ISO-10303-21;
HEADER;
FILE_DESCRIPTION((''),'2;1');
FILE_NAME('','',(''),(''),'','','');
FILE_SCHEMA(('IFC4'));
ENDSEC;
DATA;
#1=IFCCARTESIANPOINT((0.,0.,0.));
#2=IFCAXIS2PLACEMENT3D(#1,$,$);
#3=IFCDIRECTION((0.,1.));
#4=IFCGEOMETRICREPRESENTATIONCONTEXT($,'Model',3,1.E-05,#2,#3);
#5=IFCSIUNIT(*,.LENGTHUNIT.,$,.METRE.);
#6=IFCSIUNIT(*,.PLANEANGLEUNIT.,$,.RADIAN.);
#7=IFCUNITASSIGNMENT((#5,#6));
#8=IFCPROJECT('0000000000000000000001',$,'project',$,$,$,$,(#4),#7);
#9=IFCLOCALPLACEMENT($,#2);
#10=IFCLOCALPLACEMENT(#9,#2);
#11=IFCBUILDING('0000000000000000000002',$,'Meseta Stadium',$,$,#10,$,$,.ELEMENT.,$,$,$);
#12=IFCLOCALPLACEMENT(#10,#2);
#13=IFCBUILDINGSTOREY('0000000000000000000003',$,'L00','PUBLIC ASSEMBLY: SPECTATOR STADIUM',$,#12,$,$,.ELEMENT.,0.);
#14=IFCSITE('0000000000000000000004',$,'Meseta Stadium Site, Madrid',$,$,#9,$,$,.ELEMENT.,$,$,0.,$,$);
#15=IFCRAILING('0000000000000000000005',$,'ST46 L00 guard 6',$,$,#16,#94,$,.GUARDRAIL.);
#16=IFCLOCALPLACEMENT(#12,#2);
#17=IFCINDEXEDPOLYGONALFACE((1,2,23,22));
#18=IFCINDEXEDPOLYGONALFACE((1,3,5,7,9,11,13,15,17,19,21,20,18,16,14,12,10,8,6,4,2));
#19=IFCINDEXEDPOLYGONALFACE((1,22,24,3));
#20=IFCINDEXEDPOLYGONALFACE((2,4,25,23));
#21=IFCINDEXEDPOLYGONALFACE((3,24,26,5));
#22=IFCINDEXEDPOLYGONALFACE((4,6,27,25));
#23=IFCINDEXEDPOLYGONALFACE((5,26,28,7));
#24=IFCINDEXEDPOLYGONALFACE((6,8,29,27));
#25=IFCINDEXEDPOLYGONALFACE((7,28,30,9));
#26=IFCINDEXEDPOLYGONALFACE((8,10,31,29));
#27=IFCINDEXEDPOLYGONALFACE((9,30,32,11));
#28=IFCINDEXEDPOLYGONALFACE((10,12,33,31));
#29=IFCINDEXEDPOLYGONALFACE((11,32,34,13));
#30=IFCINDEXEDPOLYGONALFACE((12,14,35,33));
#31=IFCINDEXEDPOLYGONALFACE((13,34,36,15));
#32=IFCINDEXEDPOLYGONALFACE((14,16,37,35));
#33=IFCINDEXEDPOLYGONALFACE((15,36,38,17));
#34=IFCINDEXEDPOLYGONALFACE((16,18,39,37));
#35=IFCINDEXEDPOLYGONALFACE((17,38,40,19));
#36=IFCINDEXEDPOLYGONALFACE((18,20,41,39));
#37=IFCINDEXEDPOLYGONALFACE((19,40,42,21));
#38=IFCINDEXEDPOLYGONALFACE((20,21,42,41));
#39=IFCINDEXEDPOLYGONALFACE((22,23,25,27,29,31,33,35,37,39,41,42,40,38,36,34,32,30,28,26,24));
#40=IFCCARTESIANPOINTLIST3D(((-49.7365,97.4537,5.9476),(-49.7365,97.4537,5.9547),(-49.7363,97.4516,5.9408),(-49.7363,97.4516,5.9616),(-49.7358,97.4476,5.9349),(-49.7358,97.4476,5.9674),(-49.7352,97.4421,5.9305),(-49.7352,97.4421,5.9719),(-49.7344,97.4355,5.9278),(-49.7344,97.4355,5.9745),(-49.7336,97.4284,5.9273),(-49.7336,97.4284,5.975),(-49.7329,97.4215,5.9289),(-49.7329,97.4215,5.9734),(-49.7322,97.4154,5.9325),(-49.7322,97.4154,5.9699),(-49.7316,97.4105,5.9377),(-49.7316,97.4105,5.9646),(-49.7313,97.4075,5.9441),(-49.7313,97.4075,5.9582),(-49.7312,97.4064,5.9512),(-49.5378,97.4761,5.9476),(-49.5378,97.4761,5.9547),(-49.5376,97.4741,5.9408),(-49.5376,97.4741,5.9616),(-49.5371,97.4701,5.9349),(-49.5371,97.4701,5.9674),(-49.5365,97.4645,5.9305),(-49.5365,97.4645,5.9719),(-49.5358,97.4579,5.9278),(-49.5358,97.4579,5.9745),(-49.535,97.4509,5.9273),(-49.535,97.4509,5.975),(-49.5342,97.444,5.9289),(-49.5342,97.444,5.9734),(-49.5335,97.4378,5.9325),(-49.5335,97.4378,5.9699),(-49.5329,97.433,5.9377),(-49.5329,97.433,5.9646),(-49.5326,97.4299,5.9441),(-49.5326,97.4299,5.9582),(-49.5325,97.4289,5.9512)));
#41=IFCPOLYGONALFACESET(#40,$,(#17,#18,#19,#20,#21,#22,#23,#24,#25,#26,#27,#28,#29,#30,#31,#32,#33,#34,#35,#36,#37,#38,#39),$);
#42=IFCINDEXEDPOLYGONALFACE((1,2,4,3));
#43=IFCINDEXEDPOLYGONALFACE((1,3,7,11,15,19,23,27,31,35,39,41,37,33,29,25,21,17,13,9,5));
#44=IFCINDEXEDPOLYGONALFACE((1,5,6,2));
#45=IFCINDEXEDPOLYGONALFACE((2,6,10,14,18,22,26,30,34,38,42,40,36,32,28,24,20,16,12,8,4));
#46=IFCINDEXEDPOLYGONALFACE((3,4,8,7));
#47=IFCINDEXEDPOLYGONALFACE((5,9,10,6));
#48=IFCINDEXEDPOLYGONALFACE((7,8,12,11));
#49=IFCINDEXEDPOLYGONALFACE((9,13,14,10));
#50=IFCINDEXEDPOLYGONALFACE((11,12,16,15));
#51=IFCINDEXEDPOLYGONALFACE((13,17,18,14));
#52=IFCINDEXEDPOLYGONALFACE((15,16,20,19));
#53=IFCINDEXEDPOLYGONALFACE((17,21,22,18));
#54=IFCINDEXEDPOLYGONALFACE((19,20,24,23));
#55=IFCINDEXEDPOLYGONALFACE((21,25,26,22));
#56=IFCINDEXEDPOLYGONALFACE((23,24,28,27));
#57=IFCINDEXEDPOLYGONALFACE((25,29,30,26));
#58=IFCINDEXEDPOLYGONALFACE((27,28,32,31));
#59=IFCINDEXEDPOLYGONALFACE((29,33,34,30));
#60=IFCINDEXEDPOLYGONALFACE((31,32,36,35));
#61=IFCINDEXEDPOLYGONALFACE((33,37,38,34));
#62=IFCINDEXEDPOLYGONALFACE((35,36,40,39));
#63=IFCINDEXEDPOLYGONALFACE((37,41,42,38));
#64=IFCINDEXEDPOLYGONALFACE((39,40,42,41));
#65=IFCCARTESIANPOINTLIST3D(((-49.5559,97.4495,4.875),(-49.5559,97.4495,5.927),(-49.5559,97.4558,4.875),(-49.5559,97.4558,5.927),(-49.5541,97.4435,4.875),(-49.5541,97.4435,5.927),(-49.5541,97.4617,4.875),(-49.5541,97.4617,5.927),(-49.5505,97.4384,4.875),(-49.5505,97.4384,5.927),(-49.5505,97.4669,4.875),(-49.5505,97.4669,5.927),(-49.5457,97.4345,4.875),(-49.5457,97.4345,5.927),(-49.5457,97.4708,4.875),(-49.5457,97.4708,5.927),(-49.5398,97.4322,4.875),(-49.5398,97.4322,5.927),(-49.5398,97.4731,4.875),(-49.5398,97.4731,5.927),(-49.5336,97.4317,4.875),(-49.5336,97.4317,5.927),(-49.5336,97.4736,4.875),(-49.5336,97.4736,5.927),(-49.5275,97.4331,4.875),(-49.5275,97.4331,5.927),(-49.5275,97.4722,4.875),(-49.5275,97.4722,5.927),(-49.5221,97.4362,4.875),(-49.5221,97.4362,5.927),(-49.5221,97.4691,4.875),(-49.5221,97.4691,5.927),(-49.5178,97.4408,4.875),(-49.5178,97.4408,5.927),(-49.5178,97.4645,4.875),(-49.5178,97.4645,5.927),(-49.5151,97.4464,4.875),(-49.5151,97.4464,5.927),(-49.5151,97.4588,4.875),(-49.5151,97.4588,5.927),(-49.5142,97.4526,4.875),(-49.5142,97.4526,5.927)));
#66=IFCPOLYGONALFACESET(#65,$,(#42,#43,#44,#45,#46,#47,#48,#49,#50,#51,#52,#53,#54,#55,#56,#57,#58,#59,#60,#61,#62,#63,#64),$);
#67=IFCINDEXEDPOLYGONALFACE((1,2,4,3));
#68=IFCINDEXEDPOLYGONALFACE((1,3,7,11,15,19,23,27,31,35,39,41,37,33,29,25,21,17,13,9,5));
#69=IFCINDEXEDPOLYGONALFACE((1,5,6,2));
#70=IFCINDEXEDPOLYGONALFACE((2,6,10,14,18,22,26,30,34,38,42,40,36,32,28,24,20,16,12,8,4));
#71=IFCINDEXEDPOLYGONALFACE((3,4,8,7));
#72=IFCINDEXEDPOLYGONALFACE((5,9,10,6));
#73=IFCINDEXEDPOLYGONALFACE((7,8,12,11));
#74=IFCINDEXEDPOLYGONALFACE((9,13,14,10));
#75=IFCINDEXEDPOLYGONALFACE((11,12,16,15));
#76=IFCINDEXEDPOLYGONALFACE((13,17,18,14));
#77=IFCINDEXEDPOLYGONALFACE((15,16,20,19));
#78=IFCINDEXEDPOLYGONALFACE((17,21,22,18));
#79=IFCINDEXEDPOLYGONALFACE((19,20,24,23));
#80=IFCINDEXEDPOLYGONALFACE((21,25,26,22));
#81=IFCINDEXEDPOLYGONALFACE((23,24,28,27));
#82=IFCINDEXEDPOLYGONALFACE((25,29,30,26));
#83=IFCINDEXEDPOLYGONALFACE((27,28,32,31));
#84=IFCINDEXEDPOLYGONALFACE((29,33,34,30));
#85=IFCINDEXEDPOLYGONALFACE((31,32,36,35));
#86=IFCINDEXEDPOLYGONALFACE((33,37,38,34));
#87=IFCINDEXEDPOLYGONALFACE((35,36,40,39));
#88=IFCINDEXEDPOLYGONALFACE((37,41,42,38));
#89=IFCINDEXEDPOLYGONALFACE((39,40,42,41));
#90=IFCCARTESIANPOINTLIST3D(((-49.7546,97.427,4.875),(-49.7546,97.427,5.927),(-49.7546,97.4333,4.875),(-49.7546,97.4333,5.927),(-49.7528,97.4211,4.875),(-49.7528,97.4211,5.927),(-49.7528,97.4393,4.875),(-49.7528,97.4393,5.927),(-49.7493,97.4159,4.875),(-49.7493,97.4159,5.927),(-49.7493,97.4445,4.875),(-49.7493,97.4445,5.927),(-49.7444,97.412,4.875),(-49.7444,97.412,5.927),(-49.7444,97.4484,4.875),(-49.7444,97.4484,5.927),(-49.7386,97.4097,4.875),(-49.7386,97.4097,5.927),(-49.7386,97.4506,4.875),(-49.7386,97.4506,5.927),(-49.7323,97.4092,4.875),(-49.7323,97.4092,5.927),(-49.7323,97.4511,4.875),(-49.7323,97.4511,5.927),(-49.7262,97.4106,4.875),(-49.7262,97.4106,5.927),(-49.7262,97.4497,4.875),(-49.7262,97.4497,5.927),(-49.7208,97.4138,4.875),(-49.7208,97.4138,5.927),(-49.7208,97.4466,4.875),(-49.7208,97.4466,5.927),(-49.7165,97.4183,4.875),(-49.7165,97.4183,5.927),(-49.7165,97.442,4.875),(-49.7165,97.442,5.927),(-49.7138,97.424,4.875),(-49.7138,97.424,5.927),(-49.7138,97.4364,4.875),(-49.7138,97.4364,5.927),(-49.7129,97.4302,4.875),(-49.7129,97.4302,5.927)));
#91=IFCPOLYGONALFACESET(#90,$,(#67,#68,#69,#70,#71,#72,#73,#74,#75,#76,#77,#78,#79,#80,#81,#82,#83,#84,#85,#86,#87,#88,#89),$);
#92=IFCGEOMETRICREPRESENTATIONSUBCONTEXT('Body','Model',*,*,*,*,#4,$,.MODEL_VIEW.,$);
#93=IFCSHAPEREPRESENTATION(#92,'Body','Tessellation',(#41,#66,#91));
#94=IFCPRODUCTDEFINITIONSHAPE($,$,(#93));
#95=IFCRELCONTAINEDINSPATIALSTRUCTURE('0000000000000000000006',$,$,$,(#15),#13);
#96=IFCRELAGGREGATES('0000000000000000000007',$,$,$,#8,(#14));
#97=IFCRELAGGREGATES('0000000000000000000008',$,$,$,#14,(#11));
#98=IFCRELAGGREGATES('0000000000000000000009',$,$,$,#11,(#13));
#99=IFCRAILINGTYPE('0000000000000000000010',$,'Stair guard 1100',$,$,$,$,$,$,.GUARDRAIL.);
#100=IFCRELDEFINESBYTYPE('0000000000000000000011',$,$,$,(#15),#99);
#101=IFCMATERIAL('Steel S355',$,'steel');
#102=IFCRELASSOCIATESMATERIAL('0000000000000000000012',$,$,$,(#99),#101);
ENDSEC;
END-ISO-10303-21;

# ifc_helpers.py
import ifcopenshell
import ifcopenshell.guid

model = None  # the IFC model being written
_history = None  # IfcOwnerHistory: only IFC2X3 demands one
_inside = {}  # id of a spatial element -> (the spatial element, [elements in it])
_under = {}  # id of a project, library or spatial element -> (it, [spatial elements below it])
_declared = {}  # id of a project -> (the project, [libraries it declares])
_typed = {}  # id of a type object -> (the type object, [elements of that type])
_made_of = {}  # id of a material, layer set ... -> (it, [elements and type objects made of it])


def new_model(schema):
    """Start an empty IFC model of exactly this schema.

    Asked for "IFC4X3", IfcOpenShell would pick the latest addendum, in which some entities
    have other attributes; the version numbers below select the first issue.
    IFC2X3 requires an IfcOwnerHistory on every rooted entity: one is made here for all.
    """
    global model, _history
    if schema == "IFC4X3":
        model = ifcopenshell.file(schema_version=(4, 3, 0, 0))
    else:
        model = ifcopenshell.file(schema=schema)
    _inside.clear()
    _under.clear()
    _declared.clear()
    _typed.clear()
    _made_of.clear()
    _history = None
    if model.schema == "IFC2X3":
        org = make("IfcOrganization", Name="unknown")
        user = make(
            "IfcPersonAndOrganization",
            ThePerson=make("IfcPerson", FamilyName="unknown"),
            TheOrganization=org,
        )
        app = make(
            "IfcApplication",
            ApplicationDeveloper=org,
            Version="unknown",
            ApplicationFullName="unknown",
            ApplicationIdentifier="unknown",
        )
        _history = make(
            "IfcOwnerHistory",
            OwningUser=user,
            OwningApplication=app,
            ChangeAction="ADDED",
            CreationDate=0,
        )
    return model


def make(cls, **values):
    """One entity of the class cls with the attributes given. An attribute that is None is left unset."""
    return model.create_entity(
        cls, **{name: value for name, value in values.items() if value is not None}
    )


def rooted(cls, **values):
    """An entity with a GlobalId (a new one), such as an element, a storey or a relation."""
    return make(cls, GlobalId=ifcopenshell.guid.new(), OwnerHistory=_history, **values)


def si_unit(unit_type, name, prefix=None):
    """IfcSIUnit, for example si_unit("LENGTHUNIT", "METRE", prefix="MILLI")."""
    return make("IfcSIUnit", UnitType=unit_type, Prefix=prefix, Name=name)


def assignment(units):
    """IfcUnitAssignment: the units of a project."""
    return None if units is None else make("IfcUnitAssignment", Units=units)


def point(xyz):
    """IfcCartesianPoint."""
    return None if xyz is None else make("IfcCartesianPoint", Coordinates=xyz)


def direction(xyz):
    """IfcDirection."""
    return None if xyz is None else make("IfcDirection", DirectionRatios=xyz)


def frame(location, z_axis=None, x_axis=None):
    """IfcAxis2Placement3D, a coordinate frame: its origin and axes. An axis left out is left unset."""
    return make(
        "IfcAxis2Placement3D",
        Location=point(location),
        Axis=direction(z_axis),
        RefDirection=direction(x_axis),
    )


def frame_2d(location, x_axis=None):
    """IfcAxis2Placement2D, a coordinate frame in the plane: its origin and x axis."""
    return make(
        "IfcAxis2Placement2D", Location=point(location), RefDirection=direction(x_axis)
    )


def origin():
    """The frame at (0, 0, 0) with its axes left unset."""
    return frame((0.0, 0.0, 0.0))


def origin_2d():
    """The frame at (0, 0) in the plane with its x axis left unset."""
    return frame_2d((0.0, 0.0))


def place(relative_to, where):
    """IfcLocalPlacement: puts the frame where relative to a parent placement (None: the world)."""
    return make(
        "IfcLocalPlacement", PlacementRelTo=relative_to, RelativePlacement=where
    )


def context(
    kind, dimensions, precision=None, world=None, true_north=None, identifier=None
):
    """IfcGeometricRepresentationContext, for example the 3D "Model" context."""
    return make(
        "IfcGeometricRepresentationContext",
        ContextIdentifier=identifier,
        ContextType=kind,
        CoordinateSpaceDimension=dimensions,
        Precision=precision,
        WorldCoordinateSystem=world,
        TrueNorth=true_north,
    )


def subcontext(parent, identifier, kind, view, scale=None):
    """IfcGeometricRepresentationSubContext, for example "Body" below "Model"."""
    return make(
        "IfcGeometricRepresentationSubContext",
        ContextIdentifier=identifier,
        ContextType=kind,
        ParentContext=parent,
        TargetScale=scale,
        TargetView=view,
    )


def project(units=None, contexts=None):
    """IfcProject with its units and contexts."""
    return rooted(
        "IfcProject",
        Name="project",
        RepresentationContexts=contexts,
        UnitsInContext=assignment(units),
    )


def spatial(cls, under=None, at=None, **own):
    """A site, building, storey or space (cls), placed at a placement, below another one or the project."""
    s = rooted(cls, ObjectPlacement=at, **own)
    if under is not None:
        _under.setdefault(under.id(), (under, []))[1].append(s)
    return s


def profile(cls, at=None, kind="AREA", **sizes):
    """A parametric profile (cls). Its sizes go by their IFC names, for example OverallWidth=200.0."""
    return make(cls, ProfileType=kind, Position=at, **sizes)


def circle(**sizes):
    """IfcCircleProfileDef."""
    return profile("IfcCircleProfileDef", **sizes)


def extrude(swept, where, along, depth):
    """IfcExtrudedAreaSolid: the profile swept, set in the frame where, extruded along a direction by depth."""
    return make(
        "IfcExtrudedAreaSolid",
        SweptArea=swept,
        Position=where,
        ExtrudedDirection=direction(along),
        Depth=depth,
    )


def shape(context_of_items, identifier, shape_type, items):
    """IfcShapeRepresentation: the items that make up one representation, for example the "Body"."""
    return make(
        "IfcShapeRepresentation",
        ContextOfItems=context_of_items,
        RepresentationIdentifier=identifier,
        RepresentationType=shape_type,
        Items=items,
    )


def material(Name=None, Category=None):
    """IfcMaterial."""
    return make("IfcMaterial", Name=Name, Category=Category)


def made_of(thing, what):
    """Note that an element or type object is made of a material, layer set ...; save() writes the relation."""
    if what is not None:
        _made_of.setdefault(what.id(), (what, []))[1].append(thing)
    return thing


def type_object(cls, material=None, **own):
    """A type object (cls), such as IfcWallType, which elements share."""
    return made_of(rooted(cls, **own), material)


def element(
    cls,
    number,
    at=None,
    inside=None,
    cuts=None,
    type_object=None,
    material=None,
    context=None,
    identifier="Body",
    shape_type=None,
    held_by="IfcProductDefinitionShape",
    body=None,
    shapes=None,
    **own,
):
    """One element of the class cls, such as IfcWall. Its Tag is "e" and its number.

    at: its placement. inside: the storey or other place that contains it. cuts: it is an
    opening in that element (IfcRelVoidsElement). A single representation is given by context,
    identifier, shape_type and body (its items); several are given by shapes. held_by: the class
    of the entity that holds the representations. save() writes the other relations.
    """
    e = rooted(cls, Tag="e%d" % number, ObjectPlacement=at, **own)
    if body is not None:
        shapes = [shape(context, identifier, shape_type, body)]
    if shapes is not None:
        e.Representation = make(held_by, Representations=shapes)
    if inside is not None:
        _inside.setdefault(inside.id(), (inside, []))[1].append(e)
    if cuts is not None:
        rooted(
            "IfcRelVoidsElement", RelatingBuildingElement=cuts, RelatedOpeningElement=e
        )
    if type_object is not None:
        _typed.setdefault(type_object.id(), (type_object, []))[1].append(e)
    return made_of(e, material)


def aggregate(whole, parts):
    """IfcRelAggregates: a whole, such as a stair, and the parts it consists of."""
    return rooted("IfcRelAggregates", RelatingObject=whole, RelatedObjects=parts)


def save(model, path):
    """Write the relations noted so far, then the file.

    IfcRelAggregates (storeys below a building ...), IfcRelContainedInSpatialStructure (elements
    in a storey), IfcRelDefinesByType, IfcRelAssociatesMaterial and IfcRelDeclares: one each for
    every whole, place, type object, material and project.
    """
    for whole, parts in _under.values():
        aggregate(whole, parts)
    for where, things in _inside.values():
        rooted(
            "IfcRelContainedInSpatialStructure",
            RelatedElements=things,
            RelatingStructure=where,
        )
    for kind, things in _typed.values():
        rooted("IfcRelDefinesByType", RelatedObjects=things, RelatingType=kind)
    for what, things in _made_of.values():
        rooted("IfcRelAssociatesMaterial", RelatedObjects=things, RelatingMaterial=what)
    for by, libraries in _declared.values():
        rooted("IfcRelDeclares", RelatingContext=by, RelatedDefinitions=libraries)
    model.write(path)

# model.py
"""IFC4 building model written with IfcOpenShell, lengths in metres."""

from ifc_helpers import new_model, si_unit, direction, frame, origin, origin_2d, place, context, subcontext, project, spatial, circle, extrude, material, type_object, element, save


model = new_model("IFC4")

# Units and contexts
model_context = context("Model", 3, precision=1e-05, world=origin(), true_north=direction((0.0, 1.0)))
body_context = subcontext(model_context, "Body", "Model", "MODEL_VIEW")
ifc_project = project(units=[si_unit("LENGTHUNIT", "METRE"), si_unit("PLANEANGLEUNIT", "RADIAN")], contexts=[model_context])

# Site, building, storey
site_placement = place(None, origin())
site = spatial("IfcSite", under=ifc_project, at=site_placement, Name="Meseta Stadium Site, Madrid", CompositionType="ELEMENT", RefElevation=0.0)
building_placement = place(site_placement, origin())
building = spatial("IfcBuilding", under=site, at=building_placement, Name="Meseta Stadium", CompositionType="ELEMENT")
storey_placement = place(building_placement, origin())
storey = spatial("IfcBuildingStorey", under=building, at=storey_placement, Name="L00", Description="PUBLIC ASSEMBLY: SPECTATOR STADIUM", CompositionType="ELEMENT", Elevation=0.0)

# Railing
ifc_material_1 = material(Name="Steel S355", Category="steel")
railing_type_1 = type_object("IfcRailingType", Name="Stair guard 1100", PredefinedType="GUARDRAIL", material=ifc_material_1)
railing_1_placement = place(storey_placement, frame((-49.5352, 97.4526, 4.875)))
element("IfcRailing", 1, at=railing_1_placement, inside=storey, type_object=railing_type_1, Name="ST46 L00 guard 6", PredefinedType="GUARDRAIL", context=body_context, shape_type="SweptSolid", body=[
    extrude(circle(Radius=0.0239, at=origin_2d()), frame((0.0, 0.0, 1.0762), z_axis=(-0.993674, -0.112307, 0.0), x_axis=(0.112307, -0.993674, 0.0)), (0.0, 0.0, 1.0), 0.2),
    extrude(circle(Radius=0.021, at=origin_2d()), origin(), (0.0, 0.0, 1.0), 1.052),
    extrude(circle(Radius=0.021, at=origin_2d()), frame((-0.1987, -0.0225, 0.0)), (0.0, 0.0, 1.0), 1.052),
])

save(model, "model.ifc")
